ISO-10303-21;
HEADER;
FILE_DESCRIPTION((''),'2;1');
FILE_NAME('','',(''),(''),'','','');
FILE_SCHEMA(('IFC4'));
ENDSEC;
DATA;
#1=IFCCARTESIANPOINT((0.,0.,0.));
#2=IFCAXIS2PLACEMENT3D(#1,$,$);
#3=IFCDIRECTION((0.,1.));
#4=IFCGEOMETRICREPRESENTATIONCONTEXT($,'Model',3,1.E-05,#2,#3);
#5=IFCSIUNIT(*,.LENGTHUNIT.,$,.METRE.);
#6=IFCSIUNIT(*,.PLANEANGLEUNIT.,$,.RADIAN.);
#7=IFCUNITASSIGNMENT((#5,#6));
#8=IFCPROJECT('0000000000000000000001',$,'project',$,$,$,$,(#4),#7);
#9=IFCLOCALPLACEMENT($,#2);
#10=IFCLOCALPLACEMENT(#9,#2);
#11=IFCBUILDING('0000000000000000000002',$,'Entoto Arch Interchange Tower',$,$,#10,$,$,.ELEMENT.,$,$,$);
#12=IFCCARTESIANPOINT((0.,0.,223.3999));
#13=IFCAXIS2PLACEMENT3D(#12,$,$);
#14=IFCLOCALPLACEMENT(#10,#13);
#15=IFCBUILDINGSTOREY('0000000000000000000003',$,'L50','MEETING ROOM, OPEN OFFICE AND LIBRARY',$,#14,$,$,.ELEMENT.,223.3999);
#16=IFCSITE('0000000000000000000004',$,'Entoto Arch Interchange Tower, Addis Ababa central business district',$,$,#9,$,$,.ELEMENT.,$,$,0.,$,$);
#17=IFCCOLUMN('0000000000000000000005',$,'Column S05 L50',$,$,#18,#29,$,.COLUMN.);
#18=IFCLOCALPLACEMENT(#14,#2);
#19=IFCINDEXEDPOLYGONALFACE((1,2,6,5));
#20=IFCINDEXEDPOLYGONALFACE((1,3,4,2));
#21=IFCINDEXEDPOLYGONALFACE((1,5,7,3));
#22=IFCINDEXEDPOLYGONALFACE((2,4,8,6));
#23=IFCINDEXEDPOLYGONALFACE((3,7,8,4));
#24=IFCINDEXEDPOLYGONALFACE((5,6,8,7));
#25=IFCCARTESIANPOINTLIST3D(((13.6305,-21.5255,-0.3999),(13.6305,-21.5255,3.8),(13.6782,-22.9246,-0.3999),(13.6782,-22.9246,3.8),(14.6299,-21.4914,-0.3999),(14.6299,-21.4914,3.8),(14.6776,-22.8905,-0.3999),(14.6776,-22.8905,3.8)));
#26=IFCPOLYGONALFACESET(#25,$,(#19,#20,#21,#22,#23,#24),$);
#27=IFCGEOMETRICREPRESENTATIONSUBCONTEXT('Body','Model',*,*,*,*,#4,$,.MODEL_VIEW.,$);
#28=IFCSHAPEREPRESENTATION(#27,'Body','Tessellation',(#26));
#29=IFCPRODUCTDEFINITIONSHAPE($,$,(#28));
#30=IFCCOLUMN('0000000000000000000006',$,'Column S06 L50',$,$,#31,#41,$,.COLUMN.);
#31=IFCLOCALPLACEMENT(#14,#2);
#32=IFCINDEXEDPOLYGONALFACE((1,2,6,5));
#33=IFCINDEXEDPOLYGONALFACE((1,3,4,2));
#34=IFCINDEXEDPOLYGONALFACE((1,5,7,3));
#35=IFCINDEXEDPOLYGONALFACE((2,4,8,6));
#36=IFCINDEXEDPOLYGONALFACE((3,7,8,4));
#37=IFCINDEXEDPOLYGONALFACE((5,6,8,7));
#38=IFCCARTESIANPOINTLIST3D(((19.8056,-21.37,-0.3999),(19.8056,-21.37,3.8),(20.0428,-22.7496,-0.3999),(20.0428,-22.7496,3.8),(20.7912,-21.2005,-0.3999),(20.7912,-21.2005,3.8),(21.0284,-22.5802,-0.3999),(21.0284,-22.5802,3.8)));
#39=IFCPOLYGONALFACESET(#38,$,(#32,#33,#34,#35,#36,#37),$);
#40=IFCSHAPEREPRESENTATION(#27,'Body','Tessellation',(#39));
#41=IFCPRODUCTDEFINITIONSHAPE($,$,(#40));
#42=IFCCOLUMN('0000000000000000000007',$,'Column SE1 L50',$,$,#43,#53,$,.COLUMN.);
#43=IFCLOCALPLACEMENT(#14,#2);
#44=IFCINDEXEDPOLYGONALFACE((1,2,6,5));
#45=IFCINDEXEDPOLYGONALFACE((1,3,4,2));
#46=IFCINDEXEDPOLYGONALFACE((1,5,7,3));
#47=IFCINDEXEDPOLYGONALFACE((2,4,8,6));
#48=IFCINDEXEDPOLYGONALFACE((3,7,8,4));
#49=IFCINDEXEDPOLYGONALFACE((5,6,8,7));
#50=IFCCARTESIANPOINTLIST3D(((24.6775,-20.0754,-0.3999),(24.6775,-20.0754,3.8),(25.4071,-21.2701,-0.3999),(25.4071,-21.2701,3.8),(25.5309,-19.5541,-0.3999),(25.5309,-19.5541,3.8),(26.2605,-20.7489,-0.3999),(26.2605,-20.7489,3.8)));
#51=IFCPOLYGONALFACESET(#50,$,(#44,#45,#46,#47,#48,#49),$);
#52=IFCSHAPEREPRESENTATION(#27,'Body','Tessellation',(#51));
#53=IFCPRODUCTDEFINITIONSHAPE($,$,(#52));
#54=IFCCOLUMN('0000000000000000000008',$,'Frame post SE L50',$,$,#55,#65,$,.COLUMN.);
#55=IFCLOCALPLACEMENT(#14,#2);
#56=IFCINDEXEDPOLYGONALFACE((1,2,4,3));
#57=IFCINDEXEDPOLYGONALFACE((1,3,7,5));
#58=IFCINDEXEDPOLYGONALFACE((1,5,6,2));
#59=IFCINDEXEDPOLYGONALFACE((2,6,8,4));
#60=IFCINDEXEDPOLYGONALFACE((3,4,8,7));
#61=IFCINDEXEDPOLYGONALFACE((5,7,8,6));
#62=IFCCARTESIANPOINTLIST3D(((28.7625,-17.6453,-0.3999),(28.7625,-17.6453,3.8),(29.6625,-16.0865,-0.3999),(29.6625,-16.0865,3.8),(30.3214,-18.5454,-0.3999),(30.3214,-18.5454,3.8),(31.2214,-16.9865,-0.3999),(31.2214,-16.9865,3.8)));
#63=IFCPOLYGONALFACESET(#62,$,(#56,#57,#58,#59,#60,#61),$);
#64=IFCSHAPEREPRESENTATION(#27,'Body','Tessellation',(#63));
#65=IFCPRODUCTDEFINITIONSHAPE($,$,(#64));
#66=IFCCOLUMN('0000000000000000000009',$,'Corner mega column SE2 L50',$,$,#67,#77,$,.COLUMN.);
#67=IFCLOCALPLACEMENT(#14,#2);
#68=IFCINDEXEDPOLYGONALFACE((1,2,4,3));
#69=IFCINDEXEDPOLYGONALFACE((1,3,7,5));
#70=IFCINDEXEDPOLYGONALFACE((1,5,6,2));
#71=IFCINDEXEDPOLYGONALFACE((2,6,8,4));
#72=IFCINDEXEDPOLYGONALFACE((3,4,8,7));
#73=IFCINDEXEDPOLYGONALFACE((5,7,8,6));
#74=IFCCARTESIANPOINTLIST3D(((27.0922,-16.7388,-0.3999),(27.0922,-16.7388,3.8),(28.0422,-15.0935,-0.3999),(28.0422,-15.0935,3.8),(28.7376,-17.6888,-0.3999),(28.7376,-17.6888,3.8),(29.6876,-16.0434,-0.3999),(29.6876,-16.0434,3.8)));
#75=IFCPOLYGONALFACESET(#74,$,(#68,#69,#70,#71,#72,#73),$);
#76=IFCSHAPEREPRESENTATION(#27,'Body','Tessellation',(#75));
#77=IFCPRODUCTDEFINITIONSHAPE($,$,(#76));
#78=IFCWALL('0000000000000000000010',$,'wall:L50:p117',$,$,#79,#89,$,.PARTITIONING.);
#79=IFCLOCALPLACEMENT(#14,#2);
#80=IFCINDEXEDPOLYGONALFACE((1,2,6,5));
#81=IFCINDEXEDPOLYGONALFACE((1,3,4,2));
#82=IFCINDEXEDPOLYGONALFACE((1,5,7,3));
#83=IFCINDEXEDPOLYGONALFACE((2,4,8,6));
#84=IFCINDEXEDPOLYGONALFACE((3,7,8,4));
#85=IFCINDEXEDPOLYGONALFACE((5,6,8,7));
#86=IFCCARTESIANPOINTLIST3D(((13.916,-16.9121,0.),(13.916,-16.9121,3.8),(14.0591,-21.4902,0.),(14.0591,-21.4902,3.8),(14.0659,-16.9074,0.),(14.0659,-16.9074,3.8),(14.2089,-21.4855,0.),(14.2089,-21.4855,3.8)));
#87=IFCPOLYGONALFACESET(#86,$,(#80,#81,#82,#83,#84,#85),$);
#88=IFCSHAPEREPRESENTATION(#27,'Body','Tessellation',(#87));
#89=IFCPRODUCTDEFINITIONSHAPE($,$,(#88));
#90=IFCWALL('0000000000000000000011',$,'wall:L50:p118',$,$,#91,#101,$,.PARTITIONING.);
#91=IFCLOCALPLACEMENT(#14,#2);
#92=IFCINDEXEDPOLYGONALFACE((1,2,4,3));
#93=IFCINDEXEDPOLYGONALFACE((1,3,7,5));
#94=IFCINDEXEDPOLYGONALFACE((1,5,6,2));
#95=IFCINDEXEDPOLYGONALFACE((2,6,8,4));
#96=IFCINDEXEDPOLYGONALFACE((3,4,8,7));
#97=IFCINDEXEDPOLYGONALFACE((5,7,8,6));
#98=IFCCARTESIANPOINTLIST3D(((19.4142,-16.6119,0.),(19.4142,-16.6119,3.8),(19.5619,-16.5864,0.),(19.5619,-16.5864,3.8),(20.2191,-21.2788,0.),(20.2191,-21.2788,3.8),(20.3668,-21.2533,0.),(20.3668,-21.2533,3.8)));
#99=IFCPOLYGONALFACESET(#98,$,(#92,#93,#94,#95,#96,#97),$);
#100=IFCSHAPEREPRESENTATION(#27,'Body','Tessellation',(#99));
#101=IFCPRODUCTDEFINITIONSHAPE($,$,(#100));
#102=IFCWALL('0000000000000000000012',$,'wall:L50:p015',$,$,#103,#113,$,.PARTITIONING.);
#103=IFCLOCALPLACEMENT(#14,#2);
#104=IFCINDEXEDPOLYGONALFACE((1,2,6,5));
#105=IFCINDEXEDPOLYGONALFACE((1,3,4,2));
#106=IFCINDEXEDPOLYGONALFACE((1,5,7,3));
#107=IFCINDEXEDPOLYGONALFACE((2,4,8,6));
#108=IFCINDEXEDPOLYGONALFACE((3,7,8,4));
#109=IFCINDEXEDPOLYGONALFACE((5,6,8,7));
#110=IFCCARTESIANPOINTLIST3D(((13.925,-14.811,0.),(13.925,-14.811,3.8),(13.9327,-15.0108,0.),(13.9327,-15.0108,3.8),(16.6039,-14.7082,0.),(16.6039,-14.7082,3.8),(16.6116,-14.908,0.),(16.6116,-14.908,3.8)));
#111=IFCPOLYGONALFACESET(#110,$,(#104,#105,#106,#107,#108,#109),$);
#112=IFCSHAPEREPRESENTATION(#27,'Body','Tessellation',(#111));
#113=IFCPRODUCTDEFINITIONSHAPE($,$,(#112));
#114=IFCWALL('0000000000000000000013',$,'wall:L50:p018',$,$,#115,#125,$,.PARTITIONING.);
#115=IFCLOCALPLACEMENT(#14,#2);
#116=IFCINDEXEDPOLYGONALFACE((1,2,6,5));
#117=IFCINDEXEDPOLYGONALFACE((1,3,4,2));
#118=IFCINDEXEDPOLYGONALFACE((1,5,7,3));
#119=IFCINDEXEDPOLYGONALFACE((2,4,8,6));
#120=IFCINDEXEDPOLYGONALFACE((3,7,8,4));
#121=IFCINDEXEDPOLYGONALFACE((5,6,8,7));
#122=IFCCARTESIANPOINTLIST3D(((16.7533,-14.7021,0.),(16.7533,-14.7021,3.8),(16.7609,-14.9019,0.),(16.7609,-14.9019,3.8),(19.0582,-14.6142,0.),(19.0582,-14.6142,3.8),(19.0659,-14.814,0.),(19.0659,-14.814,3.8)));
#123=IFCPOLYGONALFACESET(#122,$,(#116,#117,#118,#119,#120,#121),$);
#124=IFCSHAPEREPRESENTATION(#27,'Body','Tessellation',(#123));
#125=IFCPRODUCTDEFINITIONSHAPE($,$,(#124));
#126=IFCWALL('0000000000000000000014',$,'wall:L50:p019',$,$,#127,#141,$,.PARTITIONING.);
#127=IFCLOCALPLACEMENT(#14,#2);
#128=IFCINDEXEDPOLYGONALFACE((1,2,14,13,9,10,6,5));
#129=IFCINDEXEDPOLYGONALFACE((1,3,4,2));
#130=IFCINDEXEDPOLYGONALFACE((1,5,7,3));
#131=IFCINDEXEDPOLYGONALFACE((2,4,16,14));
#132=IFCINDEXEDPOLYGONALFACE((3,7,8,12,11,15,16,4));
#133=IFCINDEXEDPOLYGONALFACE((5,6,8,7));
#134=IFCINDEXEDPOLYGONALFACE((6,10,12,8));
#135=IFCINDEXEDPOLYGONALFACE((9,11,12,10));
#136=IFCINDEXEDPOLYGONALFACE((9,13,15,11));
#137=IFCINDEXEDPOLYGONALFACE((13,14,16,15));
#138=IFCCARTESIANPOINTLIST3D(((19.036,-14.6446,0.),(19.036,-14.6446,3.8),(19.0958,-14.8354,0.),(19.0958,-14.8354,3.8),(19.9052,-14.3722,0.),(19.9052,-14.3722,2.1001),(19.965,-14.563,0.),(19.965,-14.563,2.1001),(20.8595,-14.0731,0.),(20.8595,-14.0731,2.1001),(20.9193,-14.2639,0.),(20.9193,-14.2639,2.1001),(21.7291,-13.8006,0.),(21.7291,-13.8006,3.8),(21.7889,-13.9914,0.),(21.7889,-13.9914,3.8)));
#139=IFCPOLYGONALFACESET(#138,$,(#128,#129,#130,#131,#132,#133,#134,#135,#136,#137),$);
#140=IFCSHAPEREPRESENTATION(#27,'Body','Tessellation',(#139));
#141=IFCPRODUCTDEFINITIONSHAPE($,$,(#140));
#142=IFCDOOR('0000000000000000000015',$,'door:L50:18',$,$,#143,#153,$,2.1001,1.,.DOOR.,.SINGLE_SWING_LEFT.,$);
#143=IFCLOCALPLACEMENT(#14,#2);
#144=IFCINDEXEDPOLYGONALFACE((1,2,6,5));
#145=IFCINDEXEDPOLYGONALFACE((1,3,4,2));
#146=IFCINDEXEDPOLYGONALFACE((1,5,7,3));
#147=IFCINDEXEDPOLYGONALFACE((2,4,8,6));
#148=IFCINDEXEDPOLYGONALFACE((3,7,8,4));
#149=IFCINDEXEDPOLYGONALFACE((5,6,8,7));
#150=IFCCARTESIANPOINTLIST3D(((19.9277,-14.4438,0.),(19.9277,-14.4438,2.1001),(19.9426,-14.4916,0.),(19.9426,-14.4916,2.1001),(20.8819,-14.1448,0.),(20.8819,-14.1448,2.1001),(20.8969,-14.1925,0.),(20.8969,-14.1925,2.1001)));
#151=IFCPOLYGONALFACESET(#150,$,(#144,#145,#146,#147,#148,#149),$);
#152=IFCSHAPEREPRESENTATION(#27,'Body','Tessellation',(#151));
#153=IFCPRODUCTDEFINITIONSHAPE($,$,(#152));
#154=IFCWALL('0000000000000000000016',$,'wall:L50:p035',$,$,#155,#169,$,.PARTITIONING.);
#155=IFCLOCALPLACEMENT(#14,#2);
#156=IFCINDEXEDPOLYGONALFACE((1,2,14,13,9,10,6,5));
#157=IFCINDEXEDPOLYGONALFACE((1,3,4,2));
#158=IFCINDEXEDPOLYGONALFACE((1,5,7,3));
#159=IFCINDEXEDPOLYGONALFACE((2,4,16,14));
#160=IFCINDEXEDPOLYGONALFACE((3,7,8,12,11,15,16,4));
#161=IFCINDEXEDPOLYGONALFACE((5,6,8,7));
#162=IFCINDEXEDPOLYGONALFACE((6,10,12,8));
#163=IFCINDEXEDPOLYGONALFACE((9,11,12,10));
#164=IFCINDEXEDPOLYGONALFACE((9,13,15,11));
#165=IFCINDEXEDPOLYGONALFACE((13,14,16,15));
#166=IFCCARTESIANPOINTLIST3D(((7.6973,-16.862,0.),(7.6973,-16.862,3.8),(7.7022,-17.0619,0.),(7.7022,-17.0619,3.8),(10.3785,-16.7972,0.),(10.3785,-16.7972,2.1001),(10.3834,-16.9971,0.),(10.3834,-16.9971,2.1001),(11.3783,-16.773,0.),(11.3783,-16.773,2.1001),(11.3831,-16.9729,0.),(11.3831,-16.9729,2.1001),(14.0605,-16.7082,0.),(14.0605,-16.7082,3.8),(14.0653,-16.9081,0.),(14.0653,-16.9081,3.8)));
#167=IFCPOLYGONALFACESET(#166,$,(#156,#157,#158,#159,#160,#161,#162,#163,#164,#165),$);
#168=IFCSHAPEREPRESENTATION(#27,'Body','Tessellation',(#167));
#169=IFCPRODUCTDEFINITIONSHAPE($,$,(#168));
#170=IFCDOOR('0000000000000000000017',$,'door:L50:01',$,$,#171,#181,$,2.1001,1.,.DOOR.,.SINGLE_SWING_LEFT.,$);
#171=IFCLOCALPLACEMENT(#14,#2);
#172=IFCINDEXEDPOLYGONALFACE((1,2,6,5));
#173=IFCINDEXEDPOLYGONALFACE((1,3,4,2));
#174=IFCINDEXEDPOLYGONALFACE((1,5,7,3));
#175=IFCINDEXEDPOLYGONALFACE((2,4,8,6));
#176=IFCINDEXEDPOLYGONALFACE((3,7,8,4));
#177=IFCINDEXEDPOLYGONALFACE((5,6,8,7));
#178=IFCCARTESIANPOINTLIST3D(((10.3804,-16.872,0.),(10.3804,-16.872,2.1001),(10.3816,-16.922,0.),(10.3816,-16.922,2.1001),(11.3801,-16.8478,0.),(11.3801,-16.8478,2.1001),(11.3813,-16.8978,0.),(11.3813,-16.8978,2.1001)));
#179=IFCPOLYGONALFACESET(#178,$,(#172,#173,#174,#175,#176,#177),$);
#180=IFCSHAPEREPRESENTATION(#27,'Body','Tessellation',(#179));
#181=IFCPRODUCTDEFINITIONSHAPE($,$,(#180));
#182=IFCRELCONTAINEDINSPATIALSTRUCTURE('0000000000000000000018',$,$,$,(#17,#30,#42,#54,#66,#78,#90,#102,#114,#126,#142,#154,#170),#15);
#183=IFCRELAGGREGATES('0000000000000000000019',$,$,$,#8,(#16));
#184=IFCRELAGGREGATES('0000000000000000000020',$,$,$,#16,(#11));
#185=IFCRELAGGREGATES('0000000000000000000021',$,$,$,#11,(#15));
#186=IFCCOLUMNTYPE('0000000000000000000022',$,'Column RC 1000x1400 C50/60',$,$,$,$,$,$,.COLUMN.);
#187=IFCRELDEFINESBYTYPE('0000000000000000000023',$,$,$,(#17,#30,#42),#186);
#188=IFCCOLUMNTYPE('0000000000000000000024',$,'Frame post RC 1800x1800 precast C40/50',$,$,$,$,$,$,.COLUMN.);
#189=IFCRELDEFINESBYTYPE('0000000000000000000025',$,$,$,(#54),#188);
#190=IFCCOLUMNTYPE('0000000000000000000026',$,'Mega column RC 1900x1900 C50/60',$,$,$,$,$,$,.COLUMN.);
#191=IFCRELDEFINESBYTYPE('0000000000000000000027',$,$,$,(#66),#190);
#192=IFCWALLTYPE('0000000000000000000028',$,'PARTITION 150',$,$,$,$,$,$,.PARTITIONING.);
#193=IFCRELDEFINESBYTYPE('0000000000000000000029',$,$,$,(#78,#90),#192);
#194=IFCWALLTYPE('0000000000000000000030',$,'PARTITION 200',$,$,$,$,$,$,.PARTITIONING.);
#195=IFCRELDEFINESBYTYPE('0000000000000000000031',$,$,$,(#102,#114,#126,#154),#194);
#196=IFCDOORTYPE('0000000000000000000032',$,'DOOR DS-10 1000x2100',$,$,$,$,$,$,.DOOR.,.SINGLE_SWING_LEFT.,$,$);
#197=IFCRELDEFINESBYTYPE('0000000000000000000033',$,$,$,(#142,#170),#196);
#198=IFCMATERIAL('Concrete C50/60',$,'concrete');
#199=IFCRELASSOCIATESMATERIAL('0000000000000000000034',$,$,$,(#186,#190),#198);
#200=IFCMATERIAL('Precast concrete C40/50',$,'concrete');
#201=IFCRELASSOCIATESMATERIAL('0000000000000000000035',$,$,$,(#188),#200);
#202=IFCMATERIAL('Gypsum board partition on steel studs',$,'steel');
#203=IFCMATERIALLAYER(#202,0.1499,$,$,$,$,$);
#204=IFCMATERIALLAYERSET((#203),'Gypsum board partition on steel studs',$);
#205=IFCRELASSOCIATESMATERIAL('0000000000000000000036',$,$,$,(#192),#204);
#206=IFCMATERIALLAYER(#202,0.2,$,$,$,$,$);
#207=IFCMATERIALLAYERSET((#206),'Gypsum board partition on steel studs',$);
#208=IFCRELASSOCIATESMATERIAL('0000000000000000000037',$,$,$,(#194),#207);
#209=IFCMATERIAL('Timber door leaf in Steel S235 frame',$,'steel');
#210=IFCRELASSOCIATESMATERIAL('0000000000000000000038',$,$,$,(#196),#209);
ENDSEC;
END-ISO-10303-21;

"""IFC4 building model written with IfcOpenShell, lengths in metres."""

from ifc_helpers import new_model, si_unit, direction, frame, frame_2d, origin, origin_2d, place, context, subcontext, project, spatial, rectangle, extrude, material, layer, layer_set, material_profile, profile_set, type_object, element, fill, save


model = new_model("IFC4")

# Units and contexts
model_context = context("Model", 3, precision=1e-05, world=origin(), true_north=direction((0.0, 1.0)))
body_context = subcontext(model_context, "Body", "Model", "MODEL_VIEW")
ifc_project = project(units=[si_unit("LENGTHUNIT", "METRE"), si_unit("PLANEANGLEUNIT", "RADIAN")], contexts=[model_context])

# Site, building, storey
site_placement = place(None, origin())
site = spatial("IfcSite", under=ifc_project, at=site_placement, Name="Entoto Arch Interchange Tower, Addis Ababa central business district", CompositionType="ELEMENT", RefElevation=0.0)
building_placement = place(site_placement, origin())
building = spatial("IfcBuilding", under=site, at=building_placement, Name="Entoto Arch Interchange Tower", CompositionType="ELEMENT")
storey_placement = place(building_placement, frame((0.0, 0.0, 223.3999)))
storey = spatial("IfcBuildingStorey", under=building, at=storey_placement, Name="L50", Description="MEETING ROOM, OPEN OFFICE AND LIBRARY", CompositionType="ELEMENT", Elevation=223.3999)

# Columns
ifc_material_1 = material(Name="Concrete C50/60", Category="concrete")
ifc_material_profile_1 = material_profile(ifc_material_1, rectangle(XDim=1.0, YDim=1.3999, at=origin_2d()))
ifc_profile_set_1 = profile_set([ifc_material_profile_1], Name="Concrete C50/60")
column_type_1 = type_object("IfcColumnType", Name="Column RC 1000x1400 C50/60", PredefinedType="COLUMN", material=ifc_profile_set_1)
for number, where, z_axis, x_axis, name in (
    (1, (14.1541, -22.208, -0.3999), (0.0, 0.0, 1.0), (0.999421, 0.034027, 0.0), "Column S05 L50"),
    (2, (20.417, -21.9751, -0.3999), (0.0, 0.0, 1.0), (0.985541, 0.169436, 0.0), "Column S06 L50"),
    (3, (25.469, -20.4121, -0.3999), (0.0, 0.0, 1.0), (0.853423, 0.521218, 0.0), "Column SE1 L50"),
):
    element("IfcColumn", number, at=place(storey_placement, frame(where, z_axis=z_axis, x_axis=x_axis)), inside=storey, type_object=column_type_1, Name=name, PredefinedType="COLUMN", context=body_context, shape_type="SweptSolid", body=[
        extrude(rectangle(XDim=1.0, YDim=1.3999, at=origin_2d()), origin(), (0.0, 0.0, 1.0), 4.2),
    ])
ifc_material_2 = material(Name="Precast concrete C40/50", Category="concrete")
ifc_material_profile_2 = material_profile(ifc_material_2, rectangle(XDim=1.8, YDim=1.8, at=origin_2d()))
ifc_profile_set_2 = profile_set([ifc_material_profile_2], Name="Precast concrete C40/50")
column_type_2 = type_object("IfcColumnType", Name="Frame post RC 1800x1800 precast C40/50", PredefinedType="COLUMN", material=ifc_profile_set_2)
column_1_placement = place(storey_placement, frame((29.9919, -17.3159, -0.3999), z_axis=(0.0, 0.0, 1.0), x_axis=(-0.866025, 0.5, 0.0)))
element("IfcColumn", 4, at=column_1_placement, inside=storey, type_object=column_type_2, Name="Frame post SE L50", PredefinedType="COLUMN", context=body_context, shape_type="SweptSolid", body=[
    extrude(rectangle(XDim=1.8, YDim=1.8, at=origin_2d()), origin(), (0.0, 0.0, 1.0), 4.2),
])
ifc_material_profile_3 = material_profile(ifc_material_1, rectangle(XDim=1.8999, YDim=1.8999, at=origin_2d()))
ifc_profile_set_3 = profile_set([ifc_material_profile_3], Name="Concrete C50/60")
column_type_3 = type_object("IfcColumnType", Name="Mega column RC 1900x1900 C50/60", PredefinedType="COLUMN", material=ifc_profile_set_3)
column_2_placement = place(storey_placement, frame((28.3899, -16.3911, -0.3999), z_axis=(0.0, 0.0, 1.0), x_axis=(-0.866025, 0.5, 0.0)))
element("IfcColumn", 5, at=column_2_placement, inside=storey, type_object=column_type_3, Name="Corner mega column SE2 L50", PredefinedType="COLUMN", context=body_context, shape_type="SweptSolid", body=[
    extrude(rectangle(XDim=1.8999, YDim=1.8999, at=origin_2d()), origin(), (0.0, 0.0, 1.0), 4.2),
])

# Walls
ifc_material_3 = material(Name="Gypsum board partition on steel studs", Category="steel")
ifc_layer_1 = layer(ifc_material_3, 0.1499)
ifc_layer_set_1 = layer_set([ifc_layer_1], Name="Gypsum board partition on steel studs")
wall_type_1 = type_object("IfcWallType", Name="PARTITION 150", PredefinedType="PARTITIONING", material=ifc_layer_set_1)
wall_1_placement = place(storey_placement, frame((13.991, -16.9099, 0.0), z_axis=(0.0, 0.0, 1.0), x_axis=(0.031235, -0.999512, 0.0)))
element("IfcWall", 6, at=wall_1_placement, inside=storey, type_object=wall_type_1, Name="wall:L50:p117", PredefinedType="PARTITIONING", context=body_context, shape_type="SweptSolid", body=[
    extrude(rectangle(XDim=4.5803, YDim=0.1499, at=frame_2d((2.29, 0.0))), origin(), (0.0, 0.0, 1.0), 3.8),
])
wall_2_placement = place(storey_placement, frame((19.488, -16.5991, 0.0), z_axis=(0.0, 0.0, 1.0), x_axis=(0.169964, -0.98545, 0.0)))
element("IfcWall", 7, at=wall_2_placement, inside=storey, type_object=wall_type_1, Name="wall:L50:p118", PredefinedType="PARTITIONING", context=body_context, shape_type="SweptSolid", body=[
    extrude(rectangle(XDim=4.7358, YDim=0.1499, at=frame_2d((2.3679, 0.0))), origin(), (0.0, 0.0, 1.0), 3.8),
])
ifc_layer_2 = layer(ifc_material_3, 0.2)
ifc_layer_set_2 = layer_set([ifc_layer_2], Name="Gypsum board partition on steel studs")
wall_type_2 = type_object("IfcWallType", Name="PARTITION 200", PredefinedType="PARTITIONING", material=ifc_layer_set_2)
wall_3_placement = place(storey_placement, frame((13.929, -14.9109, 0.0), z_axis=(0.0, 0.0, 1.0), x_axis=(0.999265, 0.038339, 0.0)))
element("IfcWall", 8, at=wall_3_placement, inside=storey, type_object=wall_type_2, Name="wall:L50:p015", PredefinedType="PARTITIONING", context=body_context, shape_type="SweptSolid", body=[
    extrude(rectangle(XDim=2.6809, YDim=0.2, at=frame_2d((1.3403, 0.0))), origin(), (0.0, 0.0, 1.0), 3.8),
])
wall_4_placement = place(storey_placement, frame((16.7571, -14.802, 0.0), z_axis=(0.0, 0.0, 1.0), x_axis=(0.999274, 0.038104, 0.0)))
element("IfcWall", 9, at=wall_4_placement, inside=storey, type_object=wall_type_2, Name="wall:L50:p018", PredefinedType="PARTITIONING", context=body_context, shape_type="SweptSolid", body=[
    extrude(rectangle(XDim=2.3066, YDim=0.2, at=frame_2d((1.1533, 0.0))), origin(), (0.0, 0.0, 1.0), 3.8),
])

# Walls, openings, doors
wall_5_placement = place(storey_placement, frame((19.0659, -14.74, 0.0), z_axis=(0.0, 0.0, 1.0), x_axis=(0.954238, 0.299048, 0.0)))
wall_5 = element("IfcWall", 10, at=wall_5_placement, inside=storey, type_object=wall_type_2, Name="wall:L50:p019", PredefinedType="PARTITIONING", context=body_context, shape_type="SweptSolid", body=[
    extrude(rectangle(XDim=2.8223, YDim=0.2, at=frame_2d((1.4111, 0.0))), origin(), (0.0, 0.0, 1.0), 3.8),
])
opening_1_placement = place(wall_5_placement, frame((0.9109, 0.0, 0.0)))
opening_1 = element("IfcOpeningElement", 11, at=opening_1_placement, cuts=wall_5, PredefinedType="OPENING", context=body_context, shape_type="SweptSolid", body=[
    extrude(rectangle(XDim=1.0, YDim=2.1001, at=frame_2d((0.5, 1.05))), frame((0.0, 0.1099, 0.0), z_axis=(0.0, -1.0, 0.0), x_axis=(1.0, 0.0, 0.0)), (0.0, 0.0, 1.0), 0.22),
])
ifc_material_4 = material(Name="Timber door leaf in Steel S235 frame", Category="steel")
door_type = type_object("IfcDoorType", Name="DOOR DS-10 1000x2100", OperationType="SINGLE_SWING_LEFT", PredefinedType="DOOR", material=ifc_material_4)
door_1_placement = place(opening_1_placement, origin())
door_1 = element("IfcDoor", 12, at=door_1_placement, inside=storey, type_object=door_type, Name="door:L50:18", OperationType="SINGLE_SWING_LEFT", OverallHeight=2.1001, OverallWidth=1.0, PredefinedType="DOOR", context=body_context, shape_type="SweptSolid", body=[
    extrude(rectangle(XDim=1.0, YDim=2.1001, at=frame_2d((0.5, 1.05))), frame((0.0, 0.0249, 0.0), z_axis=(0.0, -1.0, 0.0), x_axis=(1.0, 0.0, 0.0)), (0.0, 0.0, 1.0), 0.05),
])
fill(opening_1, door_1)
wall_6_placement = place(storey_placement, frame((14.063, -16.8081, 0.0), z_axis=(0.0, 0.0, 1.0), x_axis=(-0.999708, -0.024165, 0.0)))
wall_6 = element("IfcWall", 13, at=wall_6_placement, inside=storey, type_object=wall_type_2, Name="wall:L50:p035", PredefinedType="PARTITIONING", context=body_context, shape_type="SweptSolid", body=[
    extrude(rectangle(XDim=6.365, YDim=0.2, at=frame_2d((3.1826, 0.0))), origin(), (0.0, 0.0, 1.0), 3.8),
])
opening_2_placement = place(wall_6_placement, frame((2.6831, 0.0, 0.0)))
opening_2 = element("IfcOpeningElement", 14, at=opening_2_placement, cuts=wall_6, PredefinedType="OPENING", context=body_context, shape_type="SweptSolid", body=[
    extrude(rectangle(XDim=1.0, YDim=2.1001, at=frame_2d((0.5, 1.05))), frame((0.0, 0.1099, 0.0), z_axis=(0.0, -1.0, 0.0), x_axis=(1.0, 0.0, 0.0)), (0.0, 0.0, 1.0), 0.22),
])
door_2_placement = place(opening_2_placement, origin())
door_2 = element("IfcDoor", 15, at=door_2_placement, inside=storey, type_object=door_type, Name="door:L50:01", OperationType="SINGLE_SWING_LEFT", OverallHeight=2.1001, OverallWidth=1.0, PredefinedType="DOOR", context=body_context, shape_type="SweptSolid", body=[
    extrude(rectangle(XDim=1.0, YDim=2.1001, at=frame_2d((0.5, 1.05))), frame((0.0, 0.0249, 0.0), z_axis=(0.0, -1.0, 0.0), x_axis=(1.0, 0.0, 0.0)), (0.0, 0.0, 1.0), 0.05),
])
fill(opening_2, door_2)

save(model, "model.ifc")
